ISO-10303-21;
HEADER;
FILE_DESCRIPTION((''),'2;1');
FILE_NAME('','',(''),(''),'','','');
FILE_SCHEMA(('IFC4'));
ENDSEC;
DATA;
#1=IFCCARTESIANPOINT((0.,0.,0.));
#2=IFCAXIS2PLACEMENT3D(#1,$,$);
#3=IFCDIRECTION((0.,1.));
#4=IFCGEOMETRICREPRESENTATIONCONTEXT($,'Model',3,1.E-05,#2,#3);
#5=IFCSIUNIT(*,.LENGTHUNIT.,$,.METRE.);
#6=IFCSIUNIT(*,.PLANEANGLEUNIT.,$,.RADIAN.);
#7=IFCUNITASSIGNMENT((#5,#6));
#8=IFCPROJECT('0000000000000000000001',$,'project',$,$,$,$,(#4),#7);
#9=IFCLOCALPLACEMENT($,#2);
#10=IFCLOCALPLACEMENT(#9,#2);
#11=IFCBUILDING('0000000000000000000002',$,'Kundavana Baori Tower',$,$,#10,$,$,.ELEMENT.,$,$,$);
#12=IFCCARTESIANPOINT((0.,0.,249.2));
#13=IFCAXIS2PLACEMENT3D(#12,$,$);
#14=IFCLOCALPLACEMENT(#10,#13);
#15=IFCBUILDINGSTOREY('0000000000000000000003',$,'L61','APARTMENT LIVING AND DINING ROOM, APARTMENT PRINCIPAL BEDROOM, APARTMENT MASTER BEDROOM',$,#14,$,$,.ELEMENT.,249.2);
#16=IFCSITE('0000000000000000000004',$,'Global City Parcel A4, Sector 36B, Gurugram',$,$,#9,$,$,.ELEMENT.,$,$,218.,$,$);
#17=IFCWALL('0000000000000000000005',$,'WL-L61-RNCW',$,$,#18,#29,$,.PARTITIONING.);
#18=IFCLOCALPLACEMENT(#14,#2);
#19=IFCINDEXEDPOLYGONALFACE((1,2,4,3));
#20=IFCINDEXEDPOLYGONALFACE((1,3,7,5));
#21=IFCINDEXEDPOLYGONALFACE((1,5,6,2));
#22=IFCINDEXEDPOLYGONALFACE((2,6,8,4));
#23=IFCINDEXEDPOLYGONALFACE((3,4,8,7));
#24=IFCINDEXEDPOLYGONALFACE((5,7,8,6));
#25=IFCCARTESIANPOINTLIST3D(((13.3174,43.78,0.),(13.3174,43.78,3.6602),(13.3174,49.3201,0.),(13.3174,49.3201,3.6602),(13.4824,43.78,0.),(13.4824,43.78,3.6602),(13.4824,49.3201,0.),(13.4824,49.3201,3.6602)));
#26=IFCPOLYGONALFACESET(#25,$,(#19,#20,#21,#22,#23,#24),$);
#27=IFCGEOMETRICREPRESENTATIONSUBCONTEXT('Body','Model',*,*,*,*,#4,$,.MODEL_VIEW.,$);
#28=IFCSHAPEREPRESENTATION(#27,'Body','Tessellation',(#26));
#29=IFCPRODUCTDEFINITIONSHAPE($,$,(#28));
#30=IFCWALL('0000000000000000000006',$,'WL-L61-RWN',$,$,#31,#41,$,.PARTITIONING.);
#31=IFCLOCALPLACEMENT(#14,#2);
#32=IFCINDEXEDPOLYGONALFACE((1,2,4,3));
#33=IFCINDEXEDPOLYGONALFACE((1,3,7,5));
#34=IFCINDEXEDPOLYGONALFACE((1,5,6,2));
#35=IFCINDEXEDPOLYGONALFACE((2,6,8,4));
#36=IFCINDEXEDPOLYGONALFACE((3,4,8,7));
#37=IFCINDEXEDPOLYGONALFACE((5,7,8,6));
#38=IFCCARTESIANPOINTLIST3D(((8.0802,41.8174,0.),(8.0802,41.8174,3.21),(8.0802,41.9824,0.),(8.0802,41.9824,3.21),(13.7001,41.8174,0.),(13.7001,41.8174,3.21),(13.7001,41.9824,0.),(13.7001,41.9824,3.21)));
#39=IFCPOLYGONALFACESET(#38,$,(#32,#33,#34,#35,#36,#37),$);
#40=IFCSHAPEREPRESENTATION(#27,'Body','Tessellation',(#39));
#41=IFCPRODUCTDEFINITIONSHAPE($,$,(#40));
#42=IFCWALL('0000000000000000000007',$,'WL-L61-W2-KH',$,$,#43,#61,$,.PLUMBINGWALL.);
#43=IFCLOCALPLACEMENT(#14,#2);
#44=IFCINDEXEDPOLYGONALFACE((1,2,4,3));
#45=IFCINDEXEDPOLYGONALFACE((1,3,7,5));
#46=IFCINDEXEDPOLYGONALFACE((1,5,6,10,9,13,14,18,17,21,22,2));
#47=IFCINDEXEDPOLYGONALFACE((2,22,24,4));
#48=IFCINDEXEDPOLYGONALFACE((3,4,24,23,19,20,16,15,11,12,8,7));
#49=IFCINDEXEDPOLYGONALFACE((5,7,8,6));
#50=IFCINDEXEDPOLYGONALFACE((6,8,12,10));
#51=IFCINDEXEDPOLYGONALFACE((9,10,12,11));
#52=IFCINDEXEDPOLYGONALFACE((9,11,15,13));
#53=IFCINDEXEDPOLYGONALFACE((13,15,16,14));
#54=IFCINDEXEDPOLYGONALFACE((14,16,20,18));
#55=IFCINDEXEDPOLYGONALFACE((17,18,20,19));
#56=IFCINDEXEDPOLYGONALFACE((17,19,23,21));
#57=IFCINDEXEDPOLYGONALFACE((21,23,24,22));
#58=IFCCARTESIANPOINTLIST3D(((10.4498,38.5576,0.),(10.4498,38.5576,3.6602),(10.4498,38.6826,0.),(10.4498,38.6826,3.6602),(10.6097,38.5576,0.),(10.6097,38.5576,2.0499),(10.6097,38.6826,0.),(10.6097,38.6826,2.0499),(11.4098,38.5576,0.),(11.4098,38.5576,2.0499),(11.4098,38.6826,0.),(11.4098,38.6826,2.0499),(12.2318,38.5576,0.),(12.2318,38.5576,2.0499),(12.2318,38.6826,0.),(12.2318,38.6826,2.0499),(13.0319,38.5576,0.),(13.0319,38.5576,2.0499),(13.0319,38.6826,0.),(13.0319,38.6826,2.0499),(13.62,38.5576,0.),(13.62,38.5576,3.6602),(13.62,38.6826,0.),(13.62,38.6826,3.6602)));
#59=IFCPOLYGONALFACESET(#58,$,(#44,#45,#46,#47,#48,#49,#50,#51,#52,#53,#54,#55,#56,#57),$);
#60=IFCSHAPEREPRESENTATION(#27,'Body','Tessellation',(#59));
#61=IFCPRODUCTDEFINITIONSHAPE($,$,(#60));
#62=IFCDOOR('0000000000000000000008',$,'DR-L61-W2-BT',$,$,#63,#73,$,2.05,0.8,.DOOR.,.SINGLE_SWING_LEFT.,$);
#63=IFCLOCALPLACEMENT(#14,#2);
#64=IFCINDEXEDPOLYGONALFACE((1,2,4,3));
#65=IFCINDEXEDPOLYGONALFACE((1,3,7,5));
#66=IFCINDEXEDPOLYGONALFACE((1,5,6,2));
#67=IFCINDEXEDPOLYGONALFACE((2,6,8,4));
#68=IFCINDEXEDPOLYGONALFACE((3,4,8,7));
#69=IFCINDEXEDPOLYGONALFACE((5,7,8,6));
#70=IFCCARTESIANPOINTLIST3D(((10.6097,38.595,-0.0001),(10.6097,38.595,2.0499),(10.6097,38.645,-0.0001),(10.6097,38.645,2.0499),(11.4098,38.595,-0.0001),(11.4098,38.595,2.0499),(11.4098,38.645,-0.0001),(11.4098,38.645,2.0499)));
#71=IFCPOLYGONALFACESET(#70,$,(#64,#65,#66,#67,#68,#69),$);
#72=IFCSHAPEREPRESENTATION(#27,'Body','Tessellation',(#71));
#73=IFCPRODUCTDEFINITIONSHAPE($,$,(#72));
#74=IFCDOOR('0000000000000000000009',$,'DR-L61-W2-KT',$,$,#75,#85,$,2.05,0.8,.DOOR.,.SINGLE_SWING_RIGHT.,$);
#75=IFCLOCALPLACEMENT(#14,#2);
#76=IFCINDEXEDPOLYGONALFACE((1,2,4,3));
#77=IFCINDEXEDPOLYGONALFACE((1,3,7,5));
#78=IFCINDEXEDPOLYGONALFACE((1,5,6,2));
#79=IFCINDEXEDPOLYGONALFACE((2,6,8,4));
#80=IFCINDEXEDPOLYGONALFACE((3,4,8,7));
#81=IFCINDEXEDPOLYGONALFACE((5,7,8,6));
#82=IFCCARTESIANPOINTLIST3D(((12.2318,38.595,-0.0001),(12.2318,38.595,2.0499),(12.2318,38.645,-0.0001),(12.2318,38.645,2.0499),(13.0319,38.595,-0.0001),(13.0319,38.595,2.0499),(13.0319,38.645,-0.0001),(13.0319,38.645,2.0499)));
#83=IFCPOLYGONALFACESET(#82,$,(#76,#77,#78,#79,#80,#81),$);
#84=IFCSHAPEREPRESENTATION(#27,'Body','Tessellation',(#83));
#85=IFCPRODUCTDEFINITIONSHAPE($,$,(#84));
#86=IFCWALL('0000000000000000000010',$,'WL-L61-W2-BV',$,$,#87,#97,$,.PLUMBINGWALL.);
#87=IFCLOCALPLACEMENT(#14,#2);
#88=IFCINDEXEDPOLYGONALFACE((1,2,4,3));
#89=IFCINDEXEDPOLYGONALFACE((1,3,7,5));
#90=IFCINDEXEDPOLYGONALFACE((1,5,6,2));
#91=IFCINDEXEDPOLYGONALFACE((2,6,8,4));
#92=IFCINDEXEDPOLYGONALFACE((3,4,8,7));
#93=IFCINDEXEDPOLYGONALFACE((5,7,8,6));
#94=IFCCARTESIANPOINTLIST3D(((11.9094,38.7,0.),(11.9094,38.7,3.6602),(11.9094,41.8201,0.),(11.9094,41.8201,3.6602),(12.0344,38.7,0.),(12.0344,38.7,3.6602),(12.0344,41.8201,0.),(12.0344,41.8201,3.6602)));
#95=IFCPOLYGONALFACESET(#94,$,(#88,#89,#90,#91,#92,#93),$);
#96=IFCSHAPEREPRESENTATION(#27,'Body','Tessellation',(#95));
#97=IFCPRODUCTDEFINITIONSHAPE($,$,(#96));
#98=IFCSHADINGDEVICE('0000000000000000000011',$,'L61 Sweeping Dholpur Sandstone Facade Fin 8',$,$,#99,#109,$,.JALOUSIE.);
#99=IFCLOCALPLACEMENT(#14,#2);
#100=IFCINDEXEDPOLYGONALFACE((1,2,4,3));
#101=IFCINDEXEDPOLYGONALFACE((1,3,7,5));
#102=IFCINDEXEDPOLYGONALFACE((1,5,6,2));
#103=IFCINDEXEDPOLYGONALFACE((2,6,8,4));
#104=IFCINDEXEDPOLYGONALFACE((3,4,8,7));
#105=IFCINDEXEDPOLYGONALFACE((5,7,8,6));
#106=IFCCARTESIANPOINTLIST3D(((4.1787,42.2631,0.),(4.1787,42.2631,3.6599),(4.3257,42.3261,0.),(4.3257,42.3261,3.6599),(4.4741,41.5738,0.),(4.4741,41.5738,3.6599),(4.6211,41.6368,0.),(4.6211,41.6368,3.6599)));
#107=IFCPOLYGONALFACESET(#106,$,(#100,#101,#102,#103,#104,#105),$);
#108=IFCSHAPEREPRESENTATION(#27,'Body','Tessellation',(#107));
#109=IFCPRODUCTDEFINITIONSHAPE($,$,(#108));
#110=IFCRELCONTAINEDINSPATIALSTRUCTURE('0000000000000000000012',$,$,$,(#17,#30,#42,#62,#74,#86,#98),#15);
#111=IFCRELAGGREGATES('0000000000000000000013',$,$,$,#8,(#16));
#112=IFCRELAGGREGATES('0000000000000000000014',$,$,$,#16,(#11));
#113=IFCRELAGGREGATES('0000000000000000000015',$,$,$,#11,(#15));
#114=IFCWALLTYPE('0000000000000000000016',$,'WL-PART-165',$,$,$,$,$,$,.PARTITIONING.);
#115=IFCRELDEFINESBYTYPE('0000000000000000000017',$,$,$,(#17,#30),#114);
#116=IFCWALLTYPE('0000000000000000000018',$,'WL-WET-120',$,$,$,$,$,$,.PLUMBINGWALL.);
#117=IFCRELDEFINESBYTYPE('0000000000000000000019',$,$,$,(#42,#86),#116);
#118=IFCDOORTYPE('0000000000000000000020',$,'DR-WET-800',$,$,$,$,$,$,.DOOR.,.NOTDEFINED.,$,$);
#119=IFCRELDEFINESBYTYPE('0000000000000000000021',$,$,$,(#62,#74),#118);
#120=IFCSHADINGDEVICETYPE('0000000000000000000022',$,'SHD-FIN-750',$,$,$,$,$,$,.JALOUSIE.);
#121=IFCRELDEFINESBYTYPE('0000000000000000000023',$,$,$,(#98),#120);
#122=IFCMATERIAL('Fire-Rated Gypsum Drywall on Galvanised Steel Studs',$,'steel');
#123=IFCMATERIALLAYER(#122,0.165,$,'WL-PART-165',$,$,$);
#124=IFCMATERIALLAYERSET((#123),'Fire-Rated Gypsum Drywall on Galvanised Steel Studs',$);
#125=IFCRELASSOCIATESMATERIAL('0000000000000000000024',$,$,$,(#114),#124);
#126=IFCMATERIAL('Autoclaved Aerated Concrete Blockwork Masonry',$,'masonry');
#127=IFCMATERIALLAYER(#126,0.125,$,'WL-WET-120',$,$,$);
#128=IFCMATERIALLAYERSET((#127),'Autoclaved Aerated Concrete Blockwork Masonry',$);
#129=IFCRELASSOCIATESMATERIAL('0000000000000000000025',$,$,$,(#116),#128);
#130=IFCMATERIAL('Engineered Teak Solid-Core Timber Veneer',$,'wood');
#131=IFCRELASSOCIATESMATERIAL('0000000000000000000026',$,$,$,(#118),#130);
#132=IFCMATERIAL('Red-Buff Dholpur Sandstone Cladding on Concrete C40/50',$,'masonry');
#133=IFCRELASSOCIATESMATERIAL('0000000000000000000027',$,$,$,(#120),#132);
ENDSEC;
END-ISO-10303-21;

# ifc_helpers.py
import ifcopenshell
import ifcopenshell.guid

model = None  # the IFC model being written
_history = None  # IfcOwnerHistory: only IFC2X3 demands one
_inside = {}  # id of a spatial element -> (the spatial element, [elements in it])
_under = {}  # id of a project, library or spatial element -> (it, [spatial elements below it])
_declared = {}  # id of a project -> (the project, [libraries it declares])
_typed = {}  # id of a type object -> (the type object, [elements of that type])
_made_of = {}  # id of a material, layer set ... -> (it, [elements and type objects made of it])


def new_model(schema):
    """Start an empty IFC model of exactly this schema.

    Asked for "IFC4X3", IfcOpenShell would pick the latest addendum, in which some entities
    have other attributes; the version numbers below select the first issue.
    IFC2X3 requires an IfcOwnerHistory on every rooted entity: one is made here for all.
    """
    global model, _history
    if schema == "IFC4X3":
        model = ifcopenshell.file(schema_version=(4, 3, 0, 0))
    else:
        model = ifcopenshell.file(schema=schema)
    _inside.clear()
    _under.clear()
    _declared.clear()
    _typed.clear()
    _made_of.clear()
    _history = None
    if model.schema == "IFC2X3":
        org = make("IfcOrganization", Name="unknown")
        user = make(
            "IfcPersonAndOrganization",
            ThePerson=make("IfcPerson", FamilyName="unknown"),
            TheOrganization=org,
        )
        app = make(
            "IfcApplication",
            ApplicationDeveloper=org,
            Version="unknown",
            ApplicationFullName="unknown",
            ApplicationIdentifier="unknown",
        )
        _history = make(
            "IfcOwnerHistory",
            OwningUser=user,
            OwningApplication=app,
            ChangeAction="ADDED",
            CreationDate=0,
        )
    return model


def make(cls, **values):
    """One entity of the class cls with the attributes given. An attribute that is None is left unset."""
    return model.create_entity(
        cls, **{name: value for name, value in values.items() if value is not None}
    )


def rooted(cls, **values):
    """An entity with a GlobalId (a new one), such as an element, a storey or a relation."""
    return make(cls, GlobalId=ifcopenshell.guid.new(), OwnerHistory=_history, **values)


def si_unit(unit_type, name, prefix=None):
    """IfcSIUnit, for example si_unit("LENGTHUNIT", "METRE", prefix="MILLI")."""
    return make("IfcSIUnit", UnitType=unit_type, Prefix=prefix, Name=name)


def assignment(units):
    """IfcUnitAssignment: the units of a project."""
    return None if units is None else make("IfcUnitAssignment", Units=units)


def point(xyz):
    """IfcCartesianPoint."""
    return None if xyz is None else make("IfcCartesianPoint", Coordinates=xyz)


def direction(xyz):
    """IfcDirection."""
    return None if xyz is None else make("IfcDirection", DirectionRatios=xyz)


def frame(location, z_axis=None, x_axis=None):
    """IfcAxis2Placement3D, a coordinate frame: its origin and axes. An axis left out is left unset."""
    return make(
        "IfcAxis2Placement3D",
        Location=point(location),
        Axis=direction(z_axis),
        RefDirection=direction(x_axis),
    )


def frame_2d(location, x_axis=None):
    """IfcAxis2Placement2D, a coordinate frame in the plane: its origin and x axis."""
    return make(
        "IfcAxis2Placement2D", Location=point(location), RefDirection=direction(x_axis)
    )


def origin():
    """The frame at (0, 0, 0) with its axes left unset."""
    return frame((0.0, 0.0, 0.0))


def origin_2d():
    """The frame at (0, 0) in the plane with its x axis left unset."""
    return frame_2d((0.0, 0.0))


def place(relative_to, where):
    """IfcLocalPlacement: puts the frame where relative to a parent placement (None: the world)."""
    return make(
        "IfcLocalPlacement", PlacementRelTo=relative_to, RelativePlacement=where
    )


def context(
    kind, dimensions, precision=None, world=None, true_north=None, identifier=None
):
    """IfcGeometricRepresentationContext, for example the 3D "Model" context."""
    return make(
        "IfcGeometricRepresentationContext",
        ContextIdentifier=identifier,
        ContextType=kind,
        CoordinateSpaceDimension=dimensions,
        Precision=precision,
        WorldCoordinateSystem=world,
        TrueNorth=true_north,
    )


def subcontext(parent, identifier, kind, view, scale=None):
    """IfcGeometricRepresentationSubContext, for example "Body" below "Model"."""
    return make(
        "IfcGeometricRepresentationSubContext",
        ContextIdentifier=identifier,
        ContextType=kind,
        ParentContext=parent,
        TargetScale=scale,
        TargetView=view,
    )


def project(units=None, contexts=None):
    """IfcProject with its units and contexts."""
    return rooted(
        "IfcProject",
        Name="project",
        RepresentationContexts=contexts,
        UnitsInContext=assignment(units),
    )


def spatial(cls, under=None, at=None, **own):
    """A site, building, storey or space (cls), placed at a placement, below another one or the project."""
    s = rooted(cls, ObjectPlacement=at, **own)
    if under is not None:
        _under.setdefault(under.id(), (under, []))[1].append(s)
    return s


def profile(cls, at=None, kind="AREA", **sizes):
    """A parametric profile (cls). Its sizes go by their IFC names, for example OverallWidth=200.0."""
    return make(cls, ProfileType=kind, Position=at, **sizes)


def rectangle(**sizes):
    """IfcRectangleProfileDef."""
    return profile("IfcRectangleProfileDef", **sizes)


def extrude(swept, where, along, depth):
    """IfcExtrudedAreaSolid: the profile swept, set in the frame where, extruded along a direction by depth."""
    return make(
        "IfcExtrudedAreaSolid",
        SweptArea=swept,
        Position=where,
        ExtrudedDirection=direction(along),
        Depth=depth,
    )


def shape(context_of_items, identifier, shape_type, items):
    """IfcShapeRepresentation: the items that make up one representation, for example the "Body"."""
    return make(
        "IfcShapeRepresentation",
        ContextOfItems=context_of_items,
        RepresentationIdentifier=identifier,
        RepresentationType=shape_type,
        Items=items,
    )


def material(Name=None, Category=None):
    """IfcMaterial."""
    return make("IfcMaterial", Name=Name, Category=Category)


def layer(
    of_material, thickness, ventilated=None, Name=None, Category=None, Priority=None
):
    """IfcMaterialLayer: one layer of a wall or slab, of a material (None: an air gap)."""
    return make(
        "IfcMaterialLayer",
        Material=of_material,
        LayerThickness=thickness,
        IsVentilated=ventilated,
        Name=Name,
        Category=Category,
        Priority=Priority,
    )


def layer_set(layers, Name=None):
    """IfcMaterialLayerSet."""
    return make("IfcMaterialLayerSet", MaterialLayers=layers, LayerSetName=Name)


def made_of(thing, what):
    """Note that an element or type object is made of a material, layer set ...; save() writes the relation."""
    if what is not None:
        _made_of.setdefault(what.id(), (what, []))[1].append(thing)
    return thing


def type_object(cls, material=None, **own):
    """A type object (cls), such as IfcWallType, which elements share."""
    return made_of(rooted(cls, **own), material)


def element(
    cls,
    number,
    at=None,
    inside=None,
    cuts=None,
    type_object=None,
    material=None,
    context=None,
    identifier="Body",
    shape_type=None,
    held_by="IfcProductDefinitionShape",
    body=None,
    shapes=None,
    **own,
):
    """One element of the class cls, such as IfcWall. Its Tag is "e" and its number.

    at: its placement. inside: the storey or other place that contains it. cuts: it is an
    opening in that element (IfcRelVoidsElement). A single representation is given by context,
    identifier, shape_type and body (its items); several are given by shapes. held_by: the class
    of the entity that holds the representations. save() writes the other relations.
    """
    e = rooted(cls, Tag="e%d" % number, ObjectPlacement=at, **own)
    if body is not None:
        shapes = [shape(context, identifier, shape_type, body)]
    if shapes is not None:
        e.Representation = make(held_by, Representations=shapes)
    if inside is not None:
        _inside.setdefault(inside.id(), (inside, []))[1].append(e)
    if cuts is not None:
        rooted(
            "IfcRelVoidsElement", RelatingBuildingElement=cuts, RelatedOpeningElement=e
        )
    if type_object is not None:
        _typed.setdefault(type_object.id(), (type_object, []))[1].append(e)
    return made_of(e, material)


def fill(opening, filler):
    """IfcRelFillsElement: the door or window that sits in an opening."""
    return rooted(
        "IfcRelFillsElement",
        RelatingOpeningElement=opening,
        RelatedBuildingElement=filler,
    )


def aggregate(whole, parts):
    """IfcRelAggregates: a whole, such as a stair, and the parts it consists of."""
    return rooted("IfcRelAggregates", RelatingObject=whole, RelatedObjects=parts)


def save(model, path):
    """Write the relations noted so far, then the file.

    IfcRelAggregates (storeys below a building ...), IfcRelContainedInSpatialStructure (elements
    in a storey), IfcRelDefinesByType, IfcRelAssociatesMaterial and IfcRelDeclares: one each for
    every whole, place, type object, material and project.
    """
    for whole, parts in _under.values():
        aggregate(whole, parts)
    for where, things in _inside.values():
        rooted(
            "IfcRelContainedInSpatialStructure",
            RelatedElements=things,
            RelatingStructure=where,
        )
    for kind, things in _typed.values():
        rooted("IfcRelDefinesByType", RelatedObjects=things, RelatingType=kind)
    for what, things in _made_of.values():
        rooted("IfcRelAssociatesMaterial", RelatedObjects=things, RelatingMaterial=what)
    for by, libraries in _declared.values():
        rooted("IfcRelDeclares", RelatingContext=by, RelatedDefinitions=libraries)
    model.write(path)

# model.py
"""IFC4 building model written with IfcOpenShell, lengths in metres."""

from ifc_helpers import new_model, si_unit, direction, frame, frame_2d, origin, origin_2d, place, context, subcontext, project, spatial, rectangle, extrude, material, layer, layer_set, type_object, element, fill, save


model = new_model("IFC4")

# Units and contexts
model_context = context("Model", 3, precision=1e-05, world=origin(), true_north=direction((0.0, 1.0)))
body_context = subcontext(model_context, "Body", "Model", "MODEL_VIEW")
ifc_project = project(units=[si_unit("LENGTHUNIT", "METRE"), si_unit("PLANEANGLEUNIT", "RADIAN")], contexts=[model_context])

# Site, building, storey
site_placement = place(None, origin())
site = spatial("IfcSite", under=ifc_project, at=site_placement, Name="Global City Parcel A4, Sector 36B, Gurugram", CompositionType="ELEMENT", RefElevation=218.0)
building_placement = place(site_placement, origin())
building = spatial("IfcBuilding", under=site, at=building_placement, Name="Kundavana Baori Tower", CompositionType="ELEMENT")
storey_placement = place(building_placement, frame((0.0, 0.0, 249.2)))
storey = spatial("IfcBuildingStorey", under=building, at=storey_placement, Name="L61", Description="APARTMENT LIVING AND DINING ROOM, APARTMENT PRINCIPAL BEDROOM, APARTMENT MASTER BEDROOM", CompositionType="ELEMENT", Elevation=249.2)

# Shared definitions
ifc_material_1 = material(Name="Fire-Rated Gypsum Drywall on Galvanised Steel Studs", Category="steel")
ifc_layer_1 = layer(ifc_material_1, 0.165, Name="WL-PART-165")
ifc_layer_set_1 = layer_set([ifc_layer_1], Name="Fire-Rated Gypsum Drywall on Galvanised Steel Studs")
wall_type_1 = type_object("IfcWallType", Name="WL-PART-165", PredefinedType="PARTITIONING", material=ifc_layer_set_1)

# Walls
wall_1_placement = place(storey_placement, frame((13.3999, 43.78, 0.0), z_axis=(0.0, 0.0, 1.0), x_axis=(0.0, 1.0, 0.0)))
element("IfcWall", 1, at=wall_1_placement, inside=storey, type_object=wall_type_1, Name="WL-L61-RNCW", PredefinedType="PARTITIONING", context=body_context, shape_type="SweptSolid", body=[
    extrude(rectangle(XDim=5.54, YDim=0.165, at=frame_2d((2.77, 0.0))), origin(), (0.0, 0.0, 1.0), 3.6602),
])
wall_2_placement = place(storey_placement, frame((8.0801, 41.8999, 0.0), z_axis=(0.0, 0.0, 1.0), x_axis=(1.0, 0.0, 0.0)))
element("IfcWall", 2, at=wall_2_placement, inside=storey, type_object=wall_type_1, Name="WL-L61-RWN", PredefinedType="PARTITIONING", context=body_context, shape_type="SweptSolid", body=[
    extrude(rectangle(XDim=5.6199, YDim=0.165, at=frame_2d((2.8101, 0.0))), origin(), (0.0, 0.0, 1.0), 3.21),
])

# Wall, openings, doors
ifc_material_2 = material(Name="Autoclaved Aerated Concrete Blockwork Masonry", Category="masonry")
ifc_layer_2 = layer(ifc_material_2, 0.125, Name="WL-WET-120")
ifc_layer_set_2 = layer_set([ifc_layer_2], Name="Autoclaved Aerated Concrete Blockwork Masonry")
wall_type_2 = type_object("IfcWallType", Name="WL-WET-120", PredefinedType="PLUMBINGWALL", material=ifc_layer_set_2)
wall_3_placement = place(storey_placement, frame((10.45, 38.6201, 0.0), z_axis=(0.0, 0.0, 1.0), x_axis=(1.0, 0.0, 0.0)))
wall_3 = element("IfcWall", 3, at=wall_3_placement, inside=storey, type_object=wall_type_2, Name="WL-L61-W2-KH", PredefinedType="PLUMBINGWALL", context=body_context, shape_type="SweptSolid", body=[
    extrude(rectangle(XDim=3.1702, YDim=0.125, at=frame_2d((1.585, 0.0))), origin(), (0.0, 0.0, 1.0), 3.6602),
])
opening_1_placement = place(wall_3_placement, frame((0.1599, 0.0, 0.0)))
opening_1 = element("IfcOpeningElement", 4, at=opening_1_placement, cuts=wall_3, PredefinedType="OPENING", context=body_context, shape_type="SweptSolid", body=[
    extrude(rectangle(XDim=0.8, YDim=2.05, at=frame_2d((0.3999, 1.0249))), frame((0.0, 0.0725, 0.0), z_axis=(0.0, -1.0, 0.0), x_axis=(1.0, 0.0, 0.0)), (0.0, 0.0, 1.0), 0.145),
])
opening_2_placement = place(wall_3_placement, frame((1.782, 0.0, 0.0)))
opening_2 = element("IfcOpeningElement", 5, at=opening_2_placement, cuts=wall_3, PredefinedType="OPENING", context=body_context, shape_type="SweptSolid", body=[
    extrude(rectangle(XDim=0.8, YDim=2.05, at=frame_2d((0.3999, 1.0249))), frame((0.0, 0.0725, 0.0), z_axis=(0.0, -1.0, 0.0), x_axis=(1.0, 0.0, 0.0)), (0.0, 0.0, 1.0), 0.145),
])
ifc_material_3 = material(Name="Engineered Teak Solid-Core Timber Veneer", Category="wood")
door_type_1 = type_object("IfcDoorType", Name="DR-WET-800", OperationType="NOTDEFINED", PredefinedType="DOOR", material=ifc_material_3)
door_1_placement = place(opening_1_placement, origin())
door_1 = element("IfcDoor", 6, at=door_1_placement, inside=storey, type_object=door_type_1, Name="DR-L61-W2-BT", OperationType="SINGLE_SWING_LEFT", OverallHeight=2.05, OverallWidth=0.8, PredefinedType="DOOR", context=body_context, shape_type="SweptSolid", body=[
    extrude(rectangle(XDim=0.8, YDim=2.05, at=frame_2d((0.3999, 1.0249))), frame((0.0, 0.0249, 0.0), z_axis=(0.0, -1.0, 0.0), x_axis=(1.0, 0.0, 0.0)), (0.0, 0.0, 1.0), 0.05),
])
fill(opening_1, door_1)
door_2_placement = place(opening_2_placement, origin())
door_2 = element("IfcDoor", 7, at=door_2_placement, inside=storey, type_object=door_type_1, Name="DR-L61-W2-KT", OperationType="SINGLE_SWING_RIGHT", OverallHeight=2.05, OverallWidth=0.8, PredefinedType="DOOR", context=body_context, shape_type="SweptSolid", body=[
    extrude(rectangle(XDim=0.8, YDim=2.05, at=frame_2d((0.3999, 1.0249))), frame((0.0, 0.0249, 0.0), z_axis=(0.0, -1.0, 0.0), x_axis=(1.0, 0.0, 0.0)), (0.0, 0.0, 1.0), 0.05),
])
fill(opening_2, door_2)

# Wall
wall_4_placement = place(storey_placement, frame((11.9719, 38.7, 0.0), z_axis=(0.0, 0.0, 1.0), x_axis=(0.0, 1.0, 0.0)))
element("IfcWall", 8, at=wall_4_placement, inside=storey, type_object=wall_type_2, Name="WL-L61-W2-BV", PredefinedType="PLUMBINGWALL", context=body_context, shape_type="SweptSolid", body=[
    extrude(rectangle(XDim=3.1201, YDim=0.125, at=frame_2d((1.5601, 0.0))), origin(), (0.0, 0.0, 1.0), 3.6602),
])

# Shading device
ifc_material_4 = material(Name="Red-Buff Dholpur Sandstone Cladding on Concrete C40/50", Category="masonry")
shading_device_type = type_object("IfcShadingDeviceType", Name="SHD-FIN-750", PredefinedType="JALOUSIE", material=ifc_material_4)
shading_device_placement = place(storey_placement, frame((4.3999, 41.95, 0.0), z_axis=(0.0, 0.0, 1.0), x_axis=(0.919135, 0.393942, 0.0)))
element("IfcShadingDevice", 9, at=shading_device_placement, inside=storey, type_object=shading_device_type, Name="L61 Sweeping Dholpur Sandstone Facade Fin 8", PredefinedType="JALOUSIE", context=body_context, shape_type="SweptSolid", body=[
    extrude(rectangle(XDim=0.1599, YDim=0.75, at=origin_2d()), origin(), (0.0, 0.0, 1.0), 3.6599),
])

save(model, "model.ifc")
